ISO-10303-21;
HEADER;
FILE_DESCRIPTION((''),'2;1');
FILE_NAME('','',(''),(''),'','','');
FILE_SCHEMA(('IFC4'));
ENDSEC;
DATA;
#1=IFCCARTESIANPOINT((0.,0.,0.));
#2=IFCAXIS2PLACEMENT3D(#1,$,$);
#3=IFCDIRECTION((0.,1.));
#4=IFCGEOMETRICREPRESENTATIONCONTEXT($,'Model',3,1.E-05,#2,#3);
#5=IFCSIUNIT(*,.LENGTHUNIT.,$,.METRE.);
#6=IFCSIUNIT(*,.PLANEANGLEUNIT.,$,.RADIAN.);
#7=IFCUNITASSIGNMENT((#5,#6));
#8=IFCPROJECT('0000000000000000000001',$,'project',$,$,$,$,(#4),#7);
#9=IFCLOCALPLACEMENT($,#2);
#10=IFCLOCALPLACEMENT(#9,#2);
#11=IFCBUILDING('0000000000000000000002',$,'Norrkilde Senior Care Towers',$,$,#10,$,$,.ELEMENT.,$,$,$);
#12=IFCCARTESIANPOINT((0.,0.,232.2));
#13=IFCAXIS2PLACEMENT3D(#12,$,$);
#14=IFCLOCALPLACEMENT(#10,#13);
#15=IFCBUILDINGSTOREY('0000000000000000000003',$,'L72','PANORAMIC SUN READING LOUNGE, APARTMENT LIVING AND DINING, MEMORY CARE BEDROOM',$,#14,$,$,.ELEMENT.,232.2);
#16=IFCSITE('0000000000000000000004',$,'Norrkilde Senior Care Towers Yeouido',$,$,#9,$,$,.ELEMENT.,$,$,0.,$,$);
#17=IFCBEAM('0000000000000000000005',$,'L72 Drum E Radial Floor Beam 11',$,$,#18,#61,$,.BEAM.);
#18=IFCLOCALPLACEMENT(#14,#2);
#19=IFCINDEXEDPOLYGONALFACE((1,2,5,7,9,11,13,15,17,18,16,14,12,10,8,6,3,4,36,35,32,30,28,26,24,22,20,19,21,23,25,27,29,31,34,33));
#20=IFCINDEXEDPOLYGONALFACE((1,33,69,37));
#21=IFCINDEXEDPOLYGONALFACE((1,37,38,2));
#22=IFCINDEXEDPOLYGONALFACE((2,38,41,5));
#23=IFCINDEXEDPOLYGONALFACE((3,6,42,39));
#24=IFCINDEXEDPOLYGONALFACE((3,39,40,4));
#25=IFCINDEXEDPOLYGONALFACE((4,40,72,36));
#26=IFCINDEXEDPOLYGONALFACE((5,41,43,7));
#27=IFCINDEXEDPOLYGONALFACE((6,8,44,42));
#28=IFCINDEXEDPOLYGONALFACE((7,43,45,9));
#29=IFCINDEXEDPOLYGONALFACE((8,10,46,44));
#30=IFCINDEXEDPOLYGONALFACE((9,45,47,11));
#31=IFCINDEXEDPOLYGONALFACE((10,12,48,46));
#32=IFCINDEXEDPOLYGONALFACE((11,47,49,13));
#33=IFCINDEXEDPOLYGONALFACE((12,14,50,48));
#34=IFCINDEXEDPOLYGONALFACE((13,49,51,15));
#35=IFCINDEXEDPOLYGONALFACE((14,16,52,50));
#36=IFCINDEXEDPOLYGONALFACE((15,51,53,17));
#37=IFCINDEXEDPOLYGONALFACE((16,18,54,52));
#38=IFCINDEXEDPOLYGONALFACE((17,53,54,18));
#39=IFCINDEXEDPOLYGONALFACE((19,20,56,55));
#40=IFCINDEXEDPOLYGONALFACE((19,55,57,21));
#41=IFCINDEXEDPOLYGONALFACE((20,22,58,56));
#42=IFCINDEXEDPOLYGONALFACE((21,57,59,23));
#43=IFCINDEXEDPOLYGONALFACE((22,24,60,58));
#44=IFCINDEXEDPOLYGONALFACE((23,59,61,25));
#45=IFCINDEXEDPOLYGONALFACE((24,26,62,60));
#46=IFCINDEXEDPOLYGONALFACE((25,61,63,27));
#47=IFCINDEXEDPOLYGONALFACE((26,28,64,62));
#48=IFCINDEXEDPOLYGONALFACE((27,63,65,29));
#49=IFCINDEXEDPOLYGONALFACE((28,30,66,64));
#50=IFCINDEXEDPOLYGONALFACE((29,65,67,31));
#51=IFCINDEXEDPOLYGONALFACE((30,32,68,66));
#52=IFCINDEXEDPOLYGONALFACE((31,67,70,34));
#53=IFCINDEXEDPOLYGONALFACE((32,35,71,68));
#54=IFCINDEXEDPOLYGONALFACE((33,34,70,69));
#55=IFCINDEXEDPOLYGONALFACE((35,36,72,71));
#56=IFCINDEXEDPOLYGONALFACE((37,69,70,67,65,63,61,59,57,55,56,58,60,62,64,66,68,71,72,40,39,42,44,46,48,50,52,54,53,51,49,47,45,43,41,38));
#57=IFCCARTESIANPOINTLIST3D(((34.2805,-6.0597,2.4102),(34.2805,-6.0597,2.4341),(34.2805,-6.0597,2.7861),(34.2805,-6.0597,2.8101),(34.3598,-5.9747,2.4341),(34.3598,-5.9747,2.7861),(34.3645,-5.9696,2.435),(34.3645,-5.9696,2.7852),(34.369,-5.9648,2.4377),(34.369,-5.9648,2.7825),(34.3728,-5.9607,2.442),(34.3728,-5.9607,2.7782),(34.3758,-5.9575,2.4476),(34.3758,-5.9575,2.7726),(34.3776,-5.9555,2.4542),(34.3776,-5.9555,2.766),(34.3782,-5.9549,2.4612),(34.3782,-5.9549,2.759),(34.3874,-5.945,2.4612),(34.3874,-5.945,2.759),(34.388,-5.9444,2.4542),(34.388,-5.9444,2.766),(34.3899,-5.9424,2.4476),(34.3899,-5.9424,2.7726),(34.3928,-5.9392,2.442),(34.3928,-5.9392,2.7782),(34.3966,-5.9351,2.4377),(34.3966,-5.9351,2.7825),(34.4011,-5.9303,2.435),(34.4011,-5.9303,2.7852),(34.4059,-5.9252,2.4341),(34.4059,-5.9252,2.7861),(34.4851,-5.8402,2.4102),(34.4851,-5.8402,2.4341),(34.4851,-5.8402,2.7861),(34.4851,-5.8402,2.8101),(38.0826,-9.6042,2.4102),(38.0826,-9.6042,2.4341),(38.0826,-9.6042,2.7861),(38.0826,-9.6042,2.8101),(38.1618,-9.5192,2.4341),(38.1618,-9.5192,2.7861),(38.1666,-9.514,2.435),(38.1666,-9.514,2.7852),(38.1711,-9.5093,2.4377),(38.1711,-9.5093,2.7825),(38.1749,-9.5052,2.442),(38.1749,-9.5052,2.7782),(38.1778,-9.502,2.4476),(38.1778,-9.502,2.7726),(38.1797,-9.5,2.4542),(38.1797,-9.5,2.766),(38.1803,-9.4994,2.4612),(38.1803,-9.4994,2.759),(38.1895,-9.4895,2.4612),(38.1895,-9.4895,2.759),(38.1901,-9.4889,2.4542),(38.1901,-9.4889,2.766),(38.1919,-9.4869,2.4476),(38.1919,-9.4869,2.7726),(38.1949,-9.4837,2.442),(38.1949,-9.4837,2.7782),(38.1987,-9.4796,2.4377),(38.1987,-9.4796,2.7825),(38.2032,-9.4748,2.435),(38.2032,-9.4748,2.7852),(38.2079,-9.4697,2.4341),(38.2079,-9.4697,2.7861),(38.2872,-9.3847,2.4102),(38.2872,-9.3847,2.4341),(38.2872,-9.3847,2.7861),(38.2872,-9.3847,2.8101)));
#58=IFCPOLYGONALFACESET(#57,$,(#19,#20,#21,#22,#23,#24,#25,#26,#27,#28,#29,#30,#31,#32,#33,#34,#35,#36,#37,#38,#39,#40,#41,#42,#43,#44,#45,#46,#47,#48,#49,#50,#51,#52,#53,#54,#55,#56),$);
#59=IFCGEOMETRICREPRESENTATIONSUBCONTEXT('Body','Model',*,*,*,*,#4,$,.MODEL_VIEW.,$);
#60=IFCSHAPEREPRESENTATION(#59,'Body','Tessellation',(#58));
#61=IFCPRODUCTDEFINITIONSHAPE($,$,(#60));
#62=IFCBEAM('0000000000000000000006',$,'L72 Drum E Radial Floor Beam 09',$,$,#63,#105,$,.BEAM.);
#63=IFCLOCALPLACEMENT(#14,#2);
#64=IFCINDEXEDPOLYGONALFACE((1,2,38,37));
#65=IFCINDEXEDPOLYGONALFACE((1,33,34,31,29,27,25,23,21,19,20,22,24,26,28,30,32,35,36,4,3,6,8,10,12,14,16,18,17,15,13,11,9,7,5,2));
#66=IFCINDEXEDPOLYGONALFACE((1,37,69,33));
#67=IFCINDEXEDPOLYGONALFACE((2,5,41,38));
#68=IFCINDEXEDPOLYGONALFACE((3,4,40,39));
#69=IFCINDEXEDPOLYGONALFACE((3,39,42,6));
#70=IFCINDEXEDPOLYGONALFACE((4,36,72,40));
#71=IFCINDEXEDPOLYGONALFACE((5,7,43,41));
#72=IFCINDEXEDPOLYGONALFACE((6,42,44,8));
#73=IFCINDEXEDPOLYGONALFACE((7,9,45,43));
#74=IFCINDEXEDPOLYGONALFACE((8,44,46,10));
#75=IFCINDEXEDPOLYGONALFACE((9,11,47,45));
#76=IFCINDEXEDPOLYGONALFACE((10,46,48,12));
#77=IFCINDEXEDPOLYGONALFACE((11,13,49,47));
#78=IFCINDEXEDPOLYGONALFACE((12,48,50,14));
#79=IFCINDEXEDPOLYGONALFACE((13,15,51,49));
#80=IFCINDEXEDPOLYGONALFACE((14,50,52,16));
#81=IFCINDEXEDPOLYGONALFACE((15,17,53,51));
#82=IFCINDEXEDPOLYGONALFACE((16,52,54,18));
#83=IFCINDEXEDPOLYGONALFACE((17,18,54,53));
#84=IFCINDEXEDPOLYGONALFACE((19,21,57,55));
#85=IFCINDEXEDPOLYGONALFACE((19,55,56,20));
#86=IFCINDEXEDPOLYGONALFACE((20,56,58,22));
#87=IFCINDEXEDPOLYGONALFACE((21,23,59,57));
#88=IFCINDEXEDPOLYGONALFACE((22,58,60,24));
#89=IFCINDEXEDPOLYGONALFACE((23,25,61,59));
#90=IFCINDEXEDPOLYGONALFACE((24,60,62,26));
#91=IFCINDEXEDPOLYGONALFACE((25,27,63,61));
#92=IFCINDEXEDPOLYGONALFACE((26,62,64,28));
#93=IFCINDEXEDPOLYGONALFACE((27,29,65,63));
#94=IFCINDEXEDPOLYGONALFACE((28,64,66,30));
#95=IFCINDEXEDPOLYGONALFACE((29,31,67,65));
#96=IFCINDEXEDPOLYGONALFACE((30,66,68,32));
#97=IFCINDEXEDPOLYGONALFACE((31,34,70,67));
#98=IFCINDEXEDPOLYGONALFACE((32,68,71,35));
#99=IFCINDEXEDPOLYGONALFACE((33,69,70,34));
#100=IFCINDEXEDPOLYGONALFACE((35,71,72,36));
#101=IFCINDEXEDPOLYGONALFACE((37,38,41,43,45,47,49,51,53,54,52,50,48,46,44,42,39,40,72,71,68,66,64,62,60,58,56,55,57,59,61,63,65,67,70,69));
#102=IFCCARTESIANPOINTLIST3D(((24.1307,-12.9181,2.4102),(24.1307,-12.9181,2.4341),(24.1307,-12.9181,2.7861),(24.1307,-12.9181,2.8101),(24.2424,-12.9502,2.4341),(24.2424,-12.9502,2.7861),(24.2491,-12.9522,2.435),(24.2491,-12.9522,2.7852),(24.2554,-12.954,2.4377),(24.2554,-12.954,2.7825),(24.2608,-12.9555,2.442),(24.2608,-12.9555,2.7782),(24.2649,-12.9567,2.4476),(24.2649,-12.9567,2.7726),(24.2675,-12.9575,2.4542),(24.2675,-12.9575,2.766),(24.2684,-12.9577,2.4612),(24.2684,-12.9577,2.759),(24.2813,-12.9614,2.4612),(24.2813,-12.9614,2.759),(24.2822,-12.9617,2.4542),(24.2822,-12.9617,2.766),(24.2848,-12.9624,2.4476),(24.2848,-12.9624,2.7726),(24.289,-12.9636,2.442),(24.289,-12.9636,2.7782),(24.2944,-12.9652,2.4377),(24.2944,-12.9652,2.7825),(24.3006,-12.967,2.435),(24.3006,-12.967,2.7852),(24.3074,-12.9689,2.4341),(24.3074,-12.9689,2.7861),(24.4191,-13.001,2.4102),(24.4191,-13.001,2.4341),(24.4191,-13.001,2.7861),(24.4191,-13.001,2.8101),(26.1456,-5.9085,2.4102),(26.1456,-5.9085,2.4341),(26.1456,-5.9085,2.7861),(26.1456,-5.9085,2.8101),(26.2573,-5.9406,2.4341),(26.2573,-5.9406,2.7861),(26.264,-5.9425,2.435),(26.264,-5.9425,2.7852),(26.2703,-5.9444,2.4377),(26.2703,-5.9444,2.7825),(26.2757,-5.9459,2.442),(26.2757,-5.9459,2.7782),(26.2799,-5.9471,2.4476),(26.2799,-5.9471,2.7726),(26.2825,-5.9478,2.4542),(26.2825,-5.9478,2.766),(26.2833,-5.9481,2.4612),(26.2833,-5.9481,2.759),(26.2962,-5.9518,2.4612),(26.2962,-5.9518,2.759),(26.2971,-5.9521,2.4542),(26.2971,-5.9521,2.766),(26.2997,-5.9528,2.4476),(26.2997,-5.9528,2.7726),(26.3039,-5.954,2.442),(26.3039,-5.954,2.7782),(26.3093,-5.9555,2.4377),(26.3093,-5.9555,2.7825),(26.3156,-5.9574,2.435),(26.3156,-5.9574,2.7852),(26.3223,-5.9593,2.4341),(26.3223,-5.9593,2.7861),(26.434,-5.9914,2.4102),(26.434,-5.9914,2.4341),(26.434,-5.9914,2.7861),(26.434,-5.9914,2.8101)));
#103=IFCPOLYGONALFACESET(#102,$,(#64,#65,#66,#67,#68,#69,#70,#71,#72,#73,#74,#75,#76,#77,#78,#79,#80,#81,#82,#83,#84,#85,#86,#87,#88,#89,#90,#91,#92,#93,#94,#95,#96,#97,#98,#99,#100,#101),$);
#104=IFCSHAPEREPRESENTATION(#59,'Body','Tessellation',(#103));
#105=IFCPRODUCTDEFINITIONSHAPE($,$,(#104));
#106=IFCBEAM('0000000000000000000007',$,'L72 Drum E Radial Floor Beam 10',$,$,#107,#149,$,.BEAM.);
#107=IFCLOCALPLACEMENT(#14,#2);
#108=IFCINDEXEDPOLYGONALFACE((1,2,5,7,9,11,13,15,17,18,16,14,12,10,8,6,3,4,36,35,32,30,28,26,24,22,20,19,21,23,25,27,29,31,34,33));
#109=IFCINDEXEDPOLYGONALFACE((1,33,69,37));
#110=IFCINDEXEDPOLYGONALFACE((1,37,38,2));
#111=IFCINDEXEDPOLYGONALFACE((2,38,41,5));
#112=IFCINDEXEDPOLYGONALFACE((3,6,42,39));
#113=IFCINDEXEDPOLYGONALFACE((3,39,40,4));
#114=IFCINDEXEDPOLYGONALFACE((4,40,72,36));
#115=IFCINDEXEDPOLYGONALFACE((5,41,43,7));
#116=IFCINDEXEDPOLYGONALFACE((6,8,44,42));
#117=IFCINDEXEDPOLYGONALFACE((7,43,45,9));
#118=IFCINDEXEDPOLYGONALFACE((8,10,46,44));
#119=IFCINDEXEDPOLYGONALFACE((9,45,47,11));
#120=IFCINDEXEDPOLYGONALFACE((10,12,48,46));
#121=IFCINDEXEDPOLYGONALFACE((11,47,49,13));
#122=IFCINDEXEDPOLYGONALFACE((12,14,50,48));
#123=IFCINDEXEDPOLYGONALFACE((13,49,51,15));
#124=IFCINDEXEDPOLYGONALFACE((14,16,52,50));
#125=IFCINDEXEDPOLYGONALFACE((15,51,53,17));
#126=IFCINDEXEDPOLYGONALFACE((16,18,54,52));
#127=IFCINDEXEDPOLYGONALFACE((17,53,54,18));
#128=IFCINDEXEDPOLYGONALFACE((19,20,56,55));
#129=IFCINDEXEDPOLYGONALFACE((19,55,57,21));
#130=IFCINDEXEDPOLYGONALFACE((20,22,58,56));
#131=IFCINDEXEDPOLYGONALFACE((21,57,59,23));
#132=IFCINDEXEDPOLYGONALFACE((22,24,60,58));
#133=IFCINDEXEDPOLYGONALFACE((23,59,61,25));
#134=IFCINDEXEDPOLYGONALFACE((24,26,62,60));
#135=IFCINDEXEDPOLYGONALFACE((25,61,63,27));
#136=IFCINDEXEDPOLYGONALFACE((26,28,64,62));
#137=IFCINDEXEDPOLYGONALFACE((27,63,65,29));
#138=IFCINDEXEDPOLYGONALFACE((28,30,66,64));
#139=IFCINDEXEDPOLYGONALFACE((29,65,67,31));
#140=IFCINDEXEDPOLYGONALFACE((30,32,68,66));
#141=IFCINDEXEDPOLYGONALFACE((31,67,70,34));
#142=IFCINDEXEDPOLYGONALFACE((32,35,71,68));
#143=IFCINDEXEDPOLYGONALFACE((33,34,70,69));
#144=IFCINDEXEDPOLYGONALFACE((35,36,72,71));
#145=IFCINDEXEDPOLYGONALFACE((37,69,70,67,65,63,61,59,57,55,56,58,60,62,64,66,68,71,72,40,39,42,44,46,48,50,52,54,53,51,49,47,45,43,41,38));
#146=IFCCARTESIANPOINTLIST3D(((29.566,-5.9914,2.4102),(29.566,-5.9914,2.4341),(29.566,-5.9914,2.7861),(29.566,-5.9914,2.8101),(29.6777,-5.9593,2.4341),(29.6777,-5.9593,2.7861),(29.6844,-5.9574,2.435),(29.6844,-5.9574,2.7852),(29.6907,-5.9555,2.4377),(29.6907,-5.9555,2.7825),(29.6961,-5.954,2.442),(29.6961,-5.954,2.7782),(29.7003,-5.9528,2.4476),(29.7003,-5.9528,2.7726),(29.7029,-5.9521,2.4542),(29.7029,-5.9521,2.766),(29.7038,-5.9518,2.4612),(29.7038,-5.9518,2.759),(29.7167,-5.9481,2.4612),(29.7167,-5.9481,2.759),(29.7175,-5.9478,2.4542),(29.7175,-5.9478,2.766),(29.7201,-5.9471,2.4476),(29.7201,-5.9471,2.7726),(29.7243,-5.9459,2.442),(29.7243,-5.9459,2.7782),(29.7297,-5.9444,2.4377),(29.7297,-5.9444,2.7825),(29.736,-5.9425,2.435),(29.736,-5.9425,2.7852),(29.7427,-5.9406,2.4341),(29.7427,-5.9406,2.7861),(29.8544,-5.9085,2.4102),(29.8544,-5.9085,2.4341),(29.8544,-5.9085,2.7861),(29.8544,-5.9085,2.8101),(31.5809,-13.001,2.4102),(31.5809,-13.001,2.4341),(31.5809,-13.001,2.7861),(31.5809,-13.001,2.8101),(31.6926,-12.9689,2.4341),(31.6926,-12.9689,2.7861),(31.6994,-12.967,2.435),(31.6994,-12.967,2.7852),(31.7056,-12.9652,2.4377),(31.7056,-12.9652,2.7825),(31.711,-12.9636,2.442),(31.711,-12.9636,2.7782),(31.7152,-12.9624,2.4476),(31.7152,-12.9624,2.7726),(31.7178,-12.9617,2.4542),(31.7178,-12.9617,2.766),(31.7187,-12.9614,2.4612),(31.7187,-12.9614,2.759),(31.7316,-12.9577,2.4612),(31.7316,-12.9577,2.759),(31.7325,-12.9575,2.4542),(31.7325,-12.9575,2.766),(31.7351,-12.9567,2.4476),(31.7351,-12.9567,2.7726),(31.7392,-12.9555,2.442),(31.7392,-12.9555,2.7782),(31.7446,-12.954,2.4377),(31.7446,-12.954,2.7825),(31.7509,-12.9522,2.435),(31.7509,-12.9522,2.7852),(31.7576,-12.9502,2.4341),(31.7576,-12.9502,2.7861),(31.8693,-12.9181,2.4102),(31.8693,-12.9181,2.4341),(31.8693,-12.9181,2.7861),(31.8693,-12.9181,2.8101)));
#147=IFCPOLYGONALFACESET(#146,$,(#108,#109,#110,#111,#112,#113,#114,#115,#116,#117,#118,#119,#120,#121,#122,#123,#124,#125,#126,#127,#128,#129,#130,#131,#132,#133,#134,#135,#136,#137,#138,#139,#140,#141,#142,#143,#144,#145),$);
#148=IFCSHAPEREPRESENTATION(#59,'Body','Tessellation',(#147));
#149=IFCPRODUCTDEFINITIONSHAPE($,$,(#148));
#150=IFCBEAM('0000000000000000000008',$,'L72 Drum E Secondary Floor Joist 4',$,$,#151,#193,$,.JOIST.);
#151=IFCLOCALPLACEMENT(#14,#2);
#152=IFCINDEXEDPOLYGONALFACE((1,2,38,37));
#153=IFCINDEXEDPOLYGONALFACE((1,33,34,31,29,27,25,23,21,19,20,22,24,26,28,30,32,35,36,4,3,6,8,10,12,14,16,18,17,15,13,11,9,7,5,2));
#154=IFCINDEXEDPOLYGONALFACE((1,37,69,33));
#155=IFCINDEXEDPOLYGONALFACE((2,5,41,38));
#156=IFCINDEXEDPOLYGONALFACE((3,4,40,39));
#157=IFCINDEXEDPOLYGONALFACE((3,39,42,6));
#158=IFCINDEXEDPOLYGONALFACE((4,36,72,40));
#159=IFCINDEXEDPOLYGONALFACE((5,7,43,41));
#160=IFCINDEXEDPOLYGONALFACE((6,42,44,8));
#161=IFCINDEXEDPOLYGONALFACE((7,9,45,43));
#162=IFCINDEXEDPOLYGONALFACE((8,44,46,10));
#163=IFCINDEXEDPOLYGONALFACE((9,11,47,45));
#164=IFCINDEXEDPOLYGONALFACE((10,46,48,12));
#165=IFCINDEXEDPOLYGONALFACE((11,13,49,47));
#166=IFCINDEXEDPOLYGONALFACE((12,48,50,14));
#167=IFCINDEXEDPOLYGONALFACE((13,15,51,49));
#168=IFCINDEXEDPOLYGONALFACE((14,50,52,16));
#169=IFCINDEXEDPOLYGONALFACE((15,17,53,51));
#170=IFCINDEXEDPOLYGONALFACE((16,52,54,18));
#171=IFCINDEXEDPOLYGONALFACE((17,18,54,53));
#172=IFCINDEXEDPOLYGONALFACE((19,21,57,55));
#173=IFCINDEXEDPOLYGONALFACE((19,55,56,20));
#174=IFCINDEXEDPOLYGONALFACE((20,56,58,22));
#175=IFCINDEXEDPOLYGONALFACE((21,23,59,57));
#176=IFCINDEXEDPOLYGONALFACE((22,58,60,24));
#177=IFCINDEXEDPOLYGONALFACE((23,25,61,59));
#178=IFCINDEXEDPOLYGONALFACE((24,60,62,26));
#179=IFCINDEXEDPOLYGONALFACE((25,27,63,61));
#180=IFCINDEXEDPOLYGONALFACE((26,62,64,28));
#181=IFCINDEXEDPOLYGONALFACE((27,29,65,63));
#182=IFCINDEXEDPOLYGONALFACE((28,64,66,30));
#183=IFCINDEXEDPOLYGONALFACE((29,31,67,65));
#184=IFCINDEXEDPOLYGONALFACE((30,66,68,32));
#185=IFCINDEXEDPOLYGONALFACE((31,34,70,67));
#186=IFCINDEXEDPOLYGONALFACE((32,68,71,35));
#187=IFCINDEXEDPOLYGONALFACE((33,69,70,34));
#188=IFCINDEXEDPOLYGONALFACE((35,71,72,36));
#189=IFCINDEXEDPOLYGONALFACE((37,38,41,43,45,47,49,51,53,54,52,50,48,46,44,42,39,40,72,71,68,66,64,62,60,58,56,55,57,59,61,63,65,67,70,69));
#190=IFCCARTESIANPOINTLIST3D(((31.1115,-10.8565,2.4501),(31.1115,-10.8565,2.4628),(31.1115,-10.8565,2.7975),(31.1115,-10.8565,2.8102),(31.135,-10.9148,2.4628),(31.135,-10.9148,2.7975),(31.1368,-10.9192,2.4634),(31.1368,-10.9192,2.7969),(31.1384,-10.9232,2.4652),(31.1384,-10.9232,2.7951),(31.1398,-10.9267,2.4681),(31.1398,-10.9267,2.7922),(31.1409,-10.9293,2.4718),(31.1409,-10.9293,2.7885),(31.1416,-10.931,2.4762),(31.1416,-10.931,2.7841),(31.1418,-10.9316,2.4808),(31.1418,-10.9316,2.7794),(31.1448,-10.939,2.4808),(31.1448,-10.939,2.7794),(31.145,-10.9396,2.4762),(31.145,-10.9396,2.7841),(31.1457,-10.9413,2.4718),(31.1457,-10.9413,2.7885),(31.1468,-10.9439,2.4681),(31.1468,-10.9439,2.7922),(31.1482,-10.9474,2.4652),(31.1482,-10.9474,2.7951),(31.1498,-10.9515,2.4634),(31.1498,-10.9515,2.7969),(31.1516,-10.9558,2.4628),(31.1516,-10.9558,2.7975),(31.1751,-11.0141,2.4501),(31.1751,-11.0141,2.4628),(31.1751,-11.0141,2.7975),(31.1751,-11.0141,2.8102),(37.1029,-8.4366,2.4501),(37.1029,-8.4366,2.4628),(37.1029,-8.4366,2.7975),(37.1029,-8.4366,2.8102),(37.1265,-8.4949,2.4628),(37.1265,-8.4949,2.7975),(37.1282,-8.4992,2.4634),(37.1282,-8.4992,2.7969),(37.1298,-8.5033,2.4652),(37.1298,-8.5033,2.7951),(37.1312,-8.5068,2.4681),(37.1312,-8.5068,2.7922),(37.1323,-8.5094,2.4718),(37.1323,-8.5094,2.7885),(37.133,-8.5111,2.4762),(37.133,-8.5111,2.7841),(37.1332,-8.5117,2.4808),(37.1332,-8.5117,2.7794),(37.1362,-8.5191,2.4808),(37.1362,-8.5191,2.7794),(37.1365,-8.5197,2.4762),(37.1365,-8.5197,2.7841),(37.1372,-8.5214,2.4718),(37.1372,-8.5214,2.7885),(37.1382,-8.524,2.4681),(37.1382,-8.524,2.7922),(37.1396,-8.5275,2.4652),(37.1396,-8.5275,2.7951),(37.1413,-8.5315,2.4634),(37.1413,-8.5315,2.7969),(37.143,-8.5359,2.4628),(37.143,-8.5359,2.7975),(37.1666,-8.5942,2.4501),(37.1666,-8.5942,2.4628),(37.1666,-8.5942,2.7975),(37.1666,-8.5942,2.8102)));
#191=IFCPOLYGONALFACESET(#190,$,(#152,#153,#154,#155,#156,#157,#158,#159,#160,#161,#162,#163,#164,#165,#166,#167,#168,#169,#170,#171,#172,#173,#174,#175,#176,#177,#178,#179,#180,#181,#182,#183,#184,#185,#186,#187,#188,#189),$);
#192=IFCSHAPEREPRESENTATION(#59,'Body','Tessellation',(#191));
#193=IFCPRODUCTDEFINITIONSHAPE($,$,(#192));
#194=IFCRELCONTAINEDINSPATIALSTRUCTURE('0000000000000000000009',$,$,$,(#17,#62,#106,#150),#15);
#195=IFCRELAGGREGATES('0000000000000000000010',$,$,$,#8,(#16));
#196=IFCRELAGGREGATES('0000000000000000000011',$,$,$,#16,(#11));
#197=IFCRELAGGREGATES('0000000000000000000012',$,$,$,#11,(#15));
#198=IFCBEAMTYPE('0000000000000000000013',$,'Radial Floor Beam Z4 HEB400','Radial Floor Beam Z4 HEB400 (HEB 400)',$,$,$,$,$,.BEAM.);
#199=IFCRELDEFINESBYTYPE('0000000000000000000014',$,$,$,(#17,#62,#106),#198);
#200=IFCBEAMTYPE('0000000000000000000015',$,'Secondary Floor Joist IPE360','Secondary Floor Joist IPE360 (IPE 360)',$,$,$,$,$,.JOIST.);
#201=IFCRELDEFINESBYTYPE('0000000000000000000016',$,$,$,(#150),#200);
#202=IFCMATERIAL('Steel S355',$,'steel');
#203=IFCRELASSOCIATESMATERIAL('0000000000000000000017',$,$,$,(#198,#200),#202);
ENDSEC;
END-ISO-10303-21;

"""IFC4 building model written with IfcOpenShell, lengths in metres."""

from ifc_helpers import new_model, si_unit, direction, frame, origin, origin_2d, place, context, subcontext, project, spatial, i_section, extrude, source, transform, mapped, material, material_profile, profile_set, type_object, type_shapes, element, save


model = new_model("IFC4")

# Units and contexts
model_context = context("Model", 3, precision=1e-05, world=origin(), true_north=direction((0.0, 1.0)))
body_context = subcontext(model_context, "Body", "Model", "MODEL_VIEW")
ifc_project = project(units=[si_unit("LENGTHUNIT", "METRE"), si_unit("PLANEANGLEUNIT", "RADIAN")], contexts=[model_context])

# Site, building, storey
site_placement = place(None, origin())
site = spatial("IfcSite", under=ifc_project, at=site_placement, Name="Norrkilde Senior Care Towers Yeouido", CompositionType="ELEMENT", RefElevation=0.0)
building_placement = place(site_placement, origin())
building = spatial("IfcBuilding", under=site, at=building_placement, Name="Norrkilde Senior Care Towers", CompositionType="ELEMENT")
storey_placement = place(building_placement, frame((0.0, 0.0, 232.2)))
storey = spatial("IfcBuildingStorey", under=building, at=storey_placement, Name="L72", Description="PANORAMIC SUN READING LOUNGE, APARTMENT LIVING AND DINING, MEMORY CARE BEDROOM", CompositionType="ELEMENT", Elevation=232.2)

# Beams
ifc_material_1 = material(Name="Steel S355", Category="steel")
ifc_material_profile_1 = material_profile(ifc_material_1, i_section(OverallWidth=0.3, OverallDepth=0.3999, WebThickness=0.0134, FlangeThickness=0.0239, FilletRadius=0.0271, at=origin_2d()), Name="HEB 400")
ifc_profile_set_1 = profile_set([ifc_material_profile_1], Name="Steel S355")
beam_type_1 = type_object("IfcBeamType", Name="Radial Floor Beam Z4 HEB400", Description="Radial Floor Beam Z4 HEB400 (HEB 400)", PredefinedType="BEAM", material=ifc_profile_set_1)
shared_shape_1 = source(origin(), body_context, "Body", "SweptSolid", [
    extrude(i_section(OverallWidth=0.3, OverallDepth=0.3999, WebThickness=0.0134, FlangeThickness=0.0239, FilletRadius=0.0271, at=origin_2d()), origin(), (0.0, 0.0, 1.0), 5.198),
])
beam_1_placement = place(storey_placement, frame((34.3828, -5.95, 2.6101), z_axis=(0.731449, -0.681896, 0.0), x_axis=(0.681896, 0.731449, 0.0)))
element("IfcBeam", 1, at=beam_1_placement, inside=storey, type_object=beam_type_1, Name="L72 Drum E Radial Floor Beam 11", PredefinedType="BEAM", context=body_context, shape_type="MappedRepresentation", body=[
    mapped(shared_shape_1, transform((0.0, 0.0, 0.0), x_axis=(1.0, 0.0, 0.0), y_axis=(0.0, 1.0, 0.0), z_axis=(0.0, 0.0, 1.0), scale=1.0)),
])
shared_shape_2 = source(origin(), body_context, "Body", "SweptSolid", [
    extrude(i_section(OverallWidth=0.3, OverallDepth=0.3999, WebThickness=0.0134, FlangeThickness=0.0239, FilletRadius=0.0271, at=origin_2d()), origin(), (0.0, 0.0, 1.0), 7.2935),
])
type_shapes(beam_type_1, [shared_shape_1, shared_shape_2])
for number, where, z_axis, x_axis, name in (
    (2, (26.2898, -5.95, 2.6101), (-0.276264, -0.961082, 0.0), (0.961082, -0.276264, 0.0), "L72 Drum E Radial Floor Beam 09"),
    (3, (29.7102, -5.95, 2.6101), (0.276264, -0.961082, 0.0), (0.961082, 0.276264, 0.0), "L72 Drum E Radial Floor Beam 10"),
):
    element("IfcBeam", number, at=place(storey_placement, frame(where, z_axis=z_axis, x_axis=x_axis)), inside=storey, type_object=beam_type_1, Name=name, PredefinedType="BEAM", context=body_context, shape_type="MappedRepresentation", body=[
        mapped(shared_shape_2, transform((0.0, 0.0, 0.0), x_axis=(1.0, 0.0, 0.0), y_axis=(0.0, 1.0, 0.0), z_axis=(0.0, 0.0, 1.0), scale=1.0)),
    ])
ifc_material_profile_2 = material_profile(ifc_material_1, i_section(OverallWidth=0.1699, OverallDepth=0.3601, WebThickness=0.0081, FlangeThickness=0.0127, FilletRadius=0.0181, at=origin_2d()), Name="IPE 360")
ifc_profile_set_2 = profile_set([ifc_material_profile_2], Name="Steel S355")
beam_type_2 = type_object("IfcBeamType", Name="Secondary Floor Joist IPE360", Description="Secondary Floor Joist IPE360 (IPE 360)", PredefinedType="JOIST", material=ifc_profile_set_2)
shared_shape_3 = source(origin(), body_context, "Body", "SweptSolid", [
    extrude(i_section(OverallWidth=0.1699, OverallDepth=0.3601, WebThickness=0.0081, FlangeThickness=0.0127, FilletRadius=0.0181, at=origin_2d()), origin(), (0.0, 0.0, 1.0), 6.4617),
])
type_shapes(beam_type_2, [shared_shape_3])
beam_2_placement = place(storey_placement, frame((31.1433, -10.9353, 2.6301), z_axis=(0.927226, 0.374502, 0.0), x_axis=(-0.374502, 0.927226, 0.0)))
element("IfcBeam", 4, at=beam_2_placement, inside=storey, type_object=beam_type_2, Name="L72 Drum E Secondary Floor Joist 4", PredefinedType="JOIST", context=body_context, shape_type="MappedRepresentation", body=[
    mapped(shared_shape_3, transform((0.0, 0.0, 0.0), x_axis=(1.0, 0.0, 0.0), y_axis=(0.0, 1.0, 0.0), z_axis=(0.0, 0.0, 1.0), scale=1.0)),
])

save(model, "model.ifc")
